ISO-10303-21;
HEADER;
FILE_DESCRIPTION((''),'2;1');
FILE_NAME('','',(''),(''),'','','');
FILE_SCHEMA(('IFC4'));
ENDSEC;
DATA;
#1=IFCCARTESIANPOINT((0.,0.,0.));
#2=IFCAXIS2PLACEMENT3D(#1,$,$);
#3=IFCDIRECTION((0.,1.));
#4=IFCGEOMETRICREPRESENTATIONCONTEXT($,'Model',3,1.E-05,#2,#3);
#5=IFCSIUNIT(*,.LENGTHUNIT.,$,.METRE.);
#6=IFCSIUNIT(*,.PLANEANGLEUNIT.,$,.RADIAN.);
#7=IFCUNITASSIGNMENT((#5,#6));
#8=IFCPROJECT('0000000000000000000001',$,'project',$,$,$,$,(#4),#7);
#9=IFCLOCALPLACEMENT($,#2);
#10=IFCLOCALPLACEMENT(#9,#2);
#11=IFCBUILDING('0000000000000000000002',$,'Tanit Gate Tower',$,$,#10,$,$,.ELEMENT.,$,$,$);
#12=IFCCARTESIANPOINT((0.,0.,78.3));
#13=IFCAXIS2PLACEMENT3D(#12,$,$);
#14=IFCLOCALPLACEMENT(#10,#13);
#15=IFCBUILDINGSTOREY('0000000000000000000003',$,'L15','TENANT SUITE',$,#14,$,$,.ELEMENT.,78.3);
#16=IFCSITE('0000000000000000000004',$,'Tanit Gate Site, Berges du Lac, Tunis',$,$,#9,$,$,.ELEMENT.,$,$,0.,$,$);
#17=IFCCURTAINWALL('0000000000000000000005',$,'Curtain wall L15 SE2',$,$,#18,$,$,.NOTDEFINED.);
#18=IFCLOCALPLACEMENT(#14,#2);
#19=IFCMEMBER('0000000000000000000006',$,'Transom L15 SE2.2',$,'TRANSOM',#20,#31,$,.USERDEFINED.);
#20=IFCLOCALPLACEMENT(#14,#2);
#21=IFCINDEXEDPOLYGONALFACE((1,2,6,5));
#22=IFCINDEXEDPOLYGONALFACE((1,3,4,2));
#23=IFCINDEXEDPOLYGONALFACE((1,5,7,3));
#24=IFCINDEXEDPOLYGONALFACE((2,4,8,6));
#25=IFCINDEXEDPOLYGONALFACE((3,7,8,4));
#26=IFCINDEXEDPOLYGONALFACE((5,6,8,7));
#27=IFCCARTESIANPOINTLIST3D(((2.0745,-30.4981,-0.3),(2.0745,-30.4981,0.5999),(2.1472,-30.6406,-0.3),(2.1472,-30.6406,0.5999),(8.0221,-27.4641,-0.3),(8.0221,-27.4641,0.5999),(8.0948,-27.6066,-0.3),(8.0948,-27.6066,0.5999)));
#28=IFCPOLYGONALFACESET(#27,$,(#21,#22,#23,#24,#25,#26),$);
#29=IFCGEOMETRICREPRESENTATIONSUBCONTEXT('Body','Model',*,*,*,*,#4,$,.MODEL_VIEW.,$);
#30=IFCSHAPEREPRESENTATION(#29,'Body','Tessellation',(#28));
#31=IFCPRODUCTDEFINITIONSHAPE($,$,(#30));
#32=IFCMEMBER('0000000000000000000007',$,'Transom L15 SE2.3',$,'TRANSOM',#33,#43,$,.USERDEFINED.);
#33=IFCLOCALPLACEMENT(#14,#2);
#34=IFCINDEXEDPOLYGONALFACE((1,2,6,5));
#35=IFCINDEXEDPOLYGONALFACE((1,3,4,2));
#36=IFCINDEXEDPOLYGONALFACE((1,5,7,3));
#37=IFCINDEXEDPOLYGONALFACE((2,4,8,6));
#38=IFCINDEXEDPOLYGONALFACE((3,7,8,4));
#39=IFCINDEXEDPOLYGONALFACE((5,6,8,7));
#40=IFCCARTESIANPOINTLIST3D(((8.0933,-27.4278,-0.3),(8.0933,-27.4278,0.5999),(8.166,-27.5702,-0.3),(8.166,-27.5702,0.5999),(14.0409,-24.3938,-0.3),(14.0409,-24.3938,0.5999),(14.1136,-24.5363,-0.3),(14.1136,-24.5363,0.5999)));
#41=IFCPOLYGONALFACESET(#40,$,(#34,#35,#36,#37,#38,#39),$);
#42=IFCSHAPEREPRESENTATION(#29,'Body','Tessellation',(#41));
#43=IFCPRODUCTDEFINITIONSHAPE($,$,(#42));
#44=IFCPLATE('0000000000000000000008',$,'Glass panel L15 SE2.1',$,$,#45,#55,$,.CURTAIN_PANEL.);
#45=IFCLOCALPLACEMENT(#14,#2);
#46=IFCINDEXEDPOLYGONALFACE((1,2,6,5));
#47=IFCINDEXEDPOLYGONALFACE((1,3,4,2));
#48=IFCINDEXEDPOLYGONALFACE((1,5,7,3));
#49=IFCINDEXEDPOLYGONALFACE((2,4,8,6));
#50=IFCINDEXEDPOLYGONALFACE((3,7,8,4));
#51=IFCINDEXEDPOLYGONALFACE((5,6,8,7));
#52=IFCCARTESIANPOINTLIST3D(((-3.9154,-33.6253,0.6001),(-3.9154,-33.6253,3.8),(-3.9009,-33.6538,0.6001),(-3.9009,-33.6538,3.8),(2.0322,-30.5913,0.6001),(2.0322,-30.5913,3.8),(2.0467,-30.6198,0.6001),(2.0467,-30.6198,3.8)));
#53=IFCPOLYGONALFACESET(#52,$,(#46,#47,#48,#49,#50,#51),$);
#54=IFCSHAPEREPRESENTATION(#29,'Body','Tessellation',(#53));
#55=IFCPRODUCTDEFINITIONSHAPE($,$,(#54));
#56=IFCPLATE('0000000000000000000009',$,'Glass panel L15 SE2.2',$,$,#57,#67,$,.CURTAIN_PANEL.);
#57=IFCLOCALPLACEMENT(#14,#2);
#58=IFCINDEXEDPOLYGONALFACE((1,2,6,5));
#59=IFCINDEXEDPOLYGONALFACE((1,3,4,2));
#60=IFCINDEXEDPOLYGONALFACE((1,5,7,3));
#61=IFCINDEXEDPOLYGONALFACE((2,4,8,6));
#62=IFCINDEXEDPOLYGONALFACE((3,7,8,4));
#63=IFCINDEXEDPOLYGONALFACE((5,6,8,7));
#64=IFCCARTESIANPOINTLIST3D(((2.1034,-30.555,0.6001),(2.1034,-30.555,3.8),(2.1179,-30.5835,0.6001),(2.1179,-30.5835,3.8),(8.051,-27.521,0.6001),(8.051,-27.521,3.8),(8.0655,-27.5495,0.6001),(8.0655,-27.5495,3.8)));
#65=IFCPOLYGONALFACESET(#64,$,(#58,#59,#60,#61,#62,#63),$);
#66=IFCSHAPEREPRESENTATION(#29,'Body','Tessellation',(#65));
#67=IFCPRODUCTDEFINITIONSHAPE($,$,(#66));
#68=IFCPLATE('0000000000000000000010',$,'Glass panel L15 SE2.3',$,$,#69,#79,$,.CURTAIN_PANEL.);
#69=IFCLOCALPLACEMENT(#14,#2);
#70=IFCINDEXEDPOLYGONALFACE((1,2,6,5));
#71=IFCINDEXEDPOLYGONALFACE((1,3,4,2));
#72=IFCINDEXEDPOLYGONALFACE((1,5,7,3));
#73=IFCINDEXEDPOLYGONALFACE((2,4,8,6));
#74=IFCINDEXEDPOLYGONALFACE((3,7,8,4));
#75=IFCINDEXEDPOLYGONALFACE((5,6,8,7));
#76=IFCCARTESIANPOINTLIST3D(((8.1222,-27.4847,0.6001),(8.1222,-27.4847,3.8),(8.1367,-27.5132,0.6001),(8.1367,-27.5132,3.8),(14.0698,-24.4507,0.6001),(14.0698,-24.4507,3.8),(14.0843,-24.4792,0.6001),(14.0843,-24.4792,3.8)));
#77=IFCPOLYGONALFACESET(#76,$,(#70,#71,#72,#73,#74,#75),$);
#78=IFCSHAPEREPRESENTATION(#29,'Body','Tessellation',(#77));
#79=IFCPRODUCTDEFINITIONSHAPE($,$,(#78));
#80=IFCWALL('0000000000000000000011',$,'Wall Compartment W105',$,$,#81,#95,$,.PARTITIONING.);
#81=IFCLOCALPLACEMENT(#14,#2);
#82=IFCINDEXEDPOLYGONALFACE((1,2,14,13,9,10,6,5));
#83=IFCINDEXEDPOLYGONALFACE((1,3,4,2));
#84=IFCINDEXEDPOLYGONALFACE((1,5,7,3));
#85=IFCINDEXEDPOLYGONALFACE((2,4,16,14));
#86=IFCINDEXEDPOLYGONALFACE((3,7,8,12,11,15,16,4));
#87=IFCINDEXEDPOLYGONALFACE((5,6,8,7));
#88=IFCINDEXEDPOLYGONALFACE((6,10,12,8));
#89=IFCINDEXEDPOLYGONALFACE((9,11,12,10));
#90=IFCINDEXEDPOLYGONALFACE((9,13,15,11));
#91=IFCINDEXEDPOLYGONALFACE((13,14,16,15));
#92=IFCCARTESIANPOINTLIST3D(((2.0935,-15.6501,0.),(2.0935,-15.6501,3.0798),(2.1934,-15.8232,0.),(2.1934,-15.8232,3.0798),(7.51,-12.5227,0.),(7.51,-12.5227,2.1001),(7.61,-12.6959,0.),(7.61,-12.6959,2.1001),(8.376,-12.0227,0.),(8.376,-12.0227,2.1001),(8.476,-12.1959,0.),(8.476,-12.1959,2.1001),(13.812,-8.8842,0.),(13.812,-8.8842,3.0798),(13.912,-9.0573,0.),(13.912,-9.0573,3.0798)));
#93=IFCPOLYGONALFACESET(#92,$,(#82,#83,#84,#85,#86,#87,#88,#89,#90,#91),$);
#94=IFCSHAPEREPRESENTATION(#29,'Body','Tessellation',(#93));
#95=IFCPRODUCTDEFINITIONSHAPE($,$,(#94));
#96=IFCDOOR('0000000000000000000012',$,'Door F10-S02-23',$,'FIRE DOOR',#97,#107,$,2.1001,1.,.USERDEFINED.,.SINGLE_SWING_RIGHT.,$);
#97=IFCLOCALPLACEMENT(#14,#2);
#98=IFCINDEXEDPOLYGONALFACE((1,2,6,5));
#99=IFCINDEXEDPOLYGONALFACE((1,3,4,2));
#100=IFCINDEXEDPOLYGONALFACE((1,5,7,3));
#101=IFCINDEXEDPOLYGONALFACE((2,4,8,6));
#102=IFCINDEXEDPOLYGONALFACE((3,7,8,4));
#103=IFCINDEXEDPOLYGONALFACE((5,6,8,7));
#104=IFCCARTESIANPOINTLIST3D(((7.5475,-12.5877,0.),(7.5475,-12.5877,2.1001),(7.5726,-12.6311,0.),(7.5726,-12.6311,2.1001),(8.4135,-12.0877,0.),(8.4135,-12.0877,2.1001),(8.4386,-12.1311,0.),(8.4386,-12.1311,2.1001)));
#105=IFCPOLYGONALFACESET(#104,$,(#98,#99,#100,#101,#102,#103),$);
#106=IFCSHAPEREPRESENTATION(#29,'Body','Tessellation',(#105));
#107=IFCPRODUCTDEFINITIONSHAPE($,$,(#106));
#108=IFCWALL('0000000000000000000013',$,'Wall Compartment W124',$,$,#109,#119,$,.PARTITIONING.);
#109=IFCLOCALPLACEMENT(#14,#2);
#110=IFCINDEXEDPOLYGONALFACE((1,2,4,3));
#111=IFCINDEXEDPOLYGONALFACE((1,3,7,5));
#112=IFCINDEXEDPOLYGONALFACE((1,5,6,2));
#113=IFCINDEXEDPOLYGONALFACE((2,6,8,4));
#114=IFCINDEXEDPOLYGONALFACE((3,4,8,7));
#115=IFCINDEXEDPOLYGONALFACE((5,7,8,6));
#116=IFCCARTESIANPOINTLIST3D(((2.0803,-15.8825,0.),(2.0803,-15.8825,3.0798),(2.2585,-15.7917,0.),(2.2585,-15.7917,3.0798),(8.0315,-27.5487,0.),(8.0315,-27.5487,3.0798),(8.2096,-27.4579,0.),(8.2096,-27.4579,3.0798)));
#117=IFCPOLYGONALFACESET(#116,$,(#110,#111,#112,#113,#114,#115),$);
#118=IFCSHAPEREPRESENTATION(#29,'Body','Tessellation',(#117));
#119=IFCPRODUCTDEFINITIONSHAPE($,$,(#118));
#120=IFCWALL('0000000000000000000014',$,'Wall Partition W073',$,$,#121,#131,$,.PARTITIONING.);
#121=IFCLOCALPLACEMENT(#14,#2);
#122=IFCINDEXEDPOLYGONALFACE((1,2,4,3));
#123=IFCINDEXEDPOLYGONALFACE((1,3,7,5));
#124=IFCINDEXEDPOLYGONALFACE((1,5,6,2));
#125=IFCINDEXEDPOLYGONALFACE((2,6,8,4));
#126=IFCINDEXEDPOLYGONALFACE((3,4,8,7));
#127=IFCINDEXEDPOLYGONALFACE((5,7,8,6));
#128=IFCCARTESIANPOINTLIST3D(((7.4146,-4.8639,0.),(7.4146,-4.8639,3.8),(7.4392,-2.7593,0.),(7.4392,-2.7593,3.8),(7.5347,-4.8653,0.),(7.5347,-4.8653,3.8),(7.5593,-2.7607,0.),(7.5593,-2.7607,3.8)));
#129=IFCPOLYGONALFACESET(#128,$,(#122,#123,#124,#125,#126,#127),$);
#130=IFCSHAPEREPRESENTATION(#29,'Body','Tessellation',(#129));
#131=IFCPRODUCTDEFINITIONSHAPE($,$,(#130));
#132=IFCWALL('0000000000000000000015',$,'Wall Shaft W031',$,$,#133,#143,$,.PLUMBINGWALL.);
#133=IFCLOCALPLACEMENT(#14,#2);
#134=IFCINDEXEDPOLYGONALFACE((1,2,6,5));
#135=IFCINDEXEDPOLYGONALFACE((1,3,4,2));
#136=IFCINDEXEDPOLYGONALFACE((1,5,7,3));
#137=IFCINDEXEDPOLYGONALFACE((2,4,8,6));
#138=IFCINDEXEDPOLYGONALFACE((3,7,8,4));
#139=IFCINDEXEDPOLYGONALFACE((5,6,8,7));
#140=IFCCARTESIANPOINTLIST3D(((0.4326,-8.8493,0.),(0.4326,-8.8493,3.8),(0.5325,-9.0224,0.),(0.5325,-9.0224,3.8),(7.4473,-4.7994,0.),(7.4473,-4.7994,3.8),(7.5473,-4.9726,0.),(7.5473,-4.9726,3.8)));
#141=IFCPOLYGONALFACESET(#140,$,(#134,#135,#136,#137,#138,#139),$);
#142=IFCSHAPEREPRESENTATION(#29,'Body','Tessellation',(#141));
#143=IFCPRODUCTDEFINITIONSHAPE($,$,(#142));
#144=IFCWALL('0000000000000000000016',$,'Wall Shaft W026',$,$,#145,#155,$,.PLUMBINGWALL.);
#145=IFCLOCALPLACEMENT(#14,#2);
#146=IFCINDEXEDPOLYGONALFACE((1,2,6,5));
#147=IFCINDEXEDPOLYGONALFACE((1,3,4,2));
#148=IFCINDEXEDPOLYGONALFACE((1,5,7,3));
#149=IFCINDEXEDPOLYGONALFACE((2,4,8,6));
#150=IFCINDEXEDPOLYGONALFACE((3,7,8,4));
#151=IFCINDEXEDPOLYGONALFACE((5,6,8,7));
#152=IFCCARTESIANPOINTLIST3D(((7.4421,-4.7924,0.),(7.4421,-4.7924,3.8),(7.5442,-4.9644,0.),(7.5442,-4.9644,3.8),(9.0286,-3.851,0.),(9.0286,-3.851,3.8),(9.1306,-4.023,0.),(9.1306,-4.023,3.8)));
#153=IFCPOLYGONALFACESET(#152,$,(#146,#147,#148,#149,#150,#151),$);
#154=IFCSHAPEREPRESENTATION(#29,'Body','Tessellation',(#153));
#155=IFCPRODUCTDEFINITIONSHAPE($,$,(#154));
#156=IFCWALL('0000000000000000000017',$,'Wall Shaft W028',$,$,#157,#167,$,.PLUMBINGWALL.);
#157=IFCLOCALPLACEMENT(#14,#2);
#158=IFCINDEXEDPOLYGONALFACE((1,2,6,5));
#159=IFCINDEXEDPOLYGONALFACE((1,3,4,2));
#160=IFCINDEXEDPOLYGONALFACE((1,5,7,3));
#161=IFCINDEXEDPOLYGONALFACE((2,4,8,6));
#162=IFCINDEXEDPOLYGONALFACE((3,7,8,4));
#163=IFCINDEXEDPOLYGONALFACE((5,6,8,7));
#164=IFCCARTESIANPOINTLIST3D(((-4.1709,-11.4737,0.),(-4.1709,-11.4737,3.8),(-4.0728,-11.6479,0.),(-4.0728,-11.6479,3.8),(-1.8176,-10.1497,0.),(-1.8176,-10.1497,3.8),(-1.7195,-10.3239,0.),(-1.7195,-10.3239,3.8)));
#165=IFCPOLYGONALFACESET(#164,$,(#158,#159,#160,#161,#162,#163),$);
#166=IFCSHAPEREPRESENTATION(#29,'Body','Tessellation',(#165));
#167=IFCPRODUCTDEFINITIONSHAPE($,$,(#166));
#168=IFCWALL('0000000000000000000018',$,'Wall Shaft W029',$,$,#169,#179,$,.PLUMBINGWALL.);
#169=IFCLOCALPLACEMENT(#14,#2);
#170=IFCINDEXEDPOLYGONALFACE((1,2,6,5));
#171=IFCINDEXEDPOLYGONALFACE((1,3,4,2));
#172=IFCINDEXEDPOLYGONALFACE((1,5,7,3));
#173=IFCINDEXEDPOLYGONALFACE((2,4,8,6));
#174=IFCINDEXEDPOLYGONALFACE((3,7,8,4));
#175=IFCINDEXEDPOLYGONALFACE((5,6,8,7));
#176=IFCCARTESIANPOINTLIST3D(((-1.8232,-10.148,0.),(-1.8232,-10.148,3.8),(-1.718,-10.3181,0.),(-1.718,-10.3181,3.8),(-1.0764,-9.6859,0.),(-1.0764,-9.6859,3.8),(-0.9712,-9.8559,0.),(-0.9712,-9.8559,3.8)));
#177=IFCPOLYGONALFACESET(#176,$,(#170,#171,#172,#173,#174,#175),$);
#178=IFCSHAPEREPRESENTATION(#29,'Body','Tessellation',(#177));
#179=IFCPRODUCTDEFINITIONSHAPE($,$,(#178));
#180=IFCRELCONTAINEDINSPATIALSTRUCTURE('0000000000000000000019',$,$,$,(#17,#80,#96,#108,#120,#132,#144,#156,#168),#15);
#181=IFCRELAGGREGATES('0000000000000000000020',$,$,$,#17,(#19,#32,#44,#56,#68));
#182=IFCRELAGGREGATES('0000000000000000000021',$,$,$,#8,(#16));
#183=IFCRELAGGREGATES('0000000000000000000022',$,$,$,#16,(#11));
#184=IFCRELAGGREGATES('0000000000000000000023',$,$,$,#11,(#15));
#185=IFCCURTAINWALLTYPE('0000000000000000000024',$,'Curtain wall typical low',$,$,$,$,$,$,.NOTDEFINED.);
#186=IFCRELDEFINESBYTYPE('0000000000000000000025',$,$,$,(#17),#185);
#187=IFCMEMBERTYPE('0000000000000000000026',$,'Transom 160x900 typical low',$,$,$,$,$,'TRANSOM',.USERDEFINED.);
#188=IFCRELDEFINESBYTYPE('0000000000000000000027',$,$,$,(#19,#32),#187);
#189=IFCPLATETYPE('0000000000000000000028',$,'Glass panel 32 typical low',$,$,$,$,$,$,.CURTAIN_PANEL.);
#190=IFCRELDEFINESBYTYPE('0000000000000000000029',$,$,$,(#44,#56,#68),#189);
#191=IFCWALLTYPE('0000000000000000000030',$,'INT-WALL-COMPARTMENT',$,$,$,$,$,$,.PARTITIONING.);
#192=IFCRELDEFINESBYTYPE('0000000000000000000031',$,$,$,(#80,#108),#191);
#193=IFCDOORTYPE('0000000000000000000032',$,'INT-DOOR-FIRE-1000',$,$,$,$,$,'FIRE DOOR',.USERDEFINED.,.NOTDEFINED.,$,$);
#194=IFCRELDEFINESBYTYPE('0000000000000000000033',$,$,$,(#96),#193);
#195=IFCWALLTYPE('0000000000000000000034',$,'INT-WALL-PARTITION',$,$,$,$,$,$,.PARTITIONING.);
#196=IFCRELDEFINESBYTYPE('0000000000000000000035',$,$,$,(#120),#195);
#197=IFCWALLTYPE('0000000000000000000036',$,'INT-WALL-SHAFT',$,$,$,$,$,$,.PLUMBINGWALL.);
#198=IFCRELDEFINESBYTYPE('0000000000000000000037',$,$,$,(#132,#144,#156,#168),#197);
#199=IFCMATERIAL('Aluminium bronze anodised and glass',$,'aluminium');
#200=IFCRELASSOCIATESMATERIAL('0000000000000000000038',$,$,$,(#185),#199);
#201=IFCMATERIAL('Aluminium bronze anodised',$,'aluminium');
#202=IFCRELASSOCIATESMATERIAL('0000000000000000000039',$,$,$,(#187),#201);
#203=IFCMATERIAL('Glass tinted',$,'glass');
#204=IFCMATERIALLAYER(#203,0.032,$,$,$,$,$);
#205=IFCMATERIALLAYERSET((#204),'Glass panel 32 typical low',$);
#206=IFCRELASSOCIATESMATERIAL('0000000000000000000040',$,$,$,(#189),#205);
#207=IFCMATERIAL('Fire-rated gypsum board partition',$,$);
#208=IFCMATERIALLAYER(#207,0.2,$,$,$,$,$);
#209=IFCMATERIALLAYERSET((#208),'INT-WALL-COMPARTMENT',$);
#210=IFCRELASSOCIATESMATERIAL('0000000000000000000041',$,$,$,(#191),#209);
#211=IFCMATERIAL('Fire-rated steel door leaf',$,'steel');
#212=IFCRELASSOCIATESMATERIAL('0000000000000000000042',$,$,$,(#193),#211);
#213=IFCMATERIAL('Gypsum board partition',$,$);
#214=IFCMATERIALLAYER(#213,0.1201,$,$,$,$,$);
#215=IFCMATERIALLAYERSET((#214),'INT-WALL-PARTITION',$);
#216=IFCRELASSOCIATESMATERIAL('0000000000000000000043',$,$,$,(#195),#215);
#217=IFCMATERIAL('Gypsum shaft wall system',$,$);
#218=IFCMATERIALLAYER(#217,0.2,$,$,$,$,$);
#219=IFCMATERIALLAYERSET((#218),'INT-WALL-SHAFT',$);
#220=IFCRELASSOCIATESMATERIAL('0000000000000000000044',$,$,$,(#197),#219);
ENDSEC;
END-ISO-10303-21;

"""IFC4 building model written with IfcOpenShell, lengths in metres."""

from ifc_helpers import new_model, si_unit, direction, frame, frame_2d, origin, origin_2d, place, context, subcontext, project, spatial, rectangle, extrude, material, layer, layer_set, material_profile, profile_set, type_object, element, fill, aggregate, save


model = new_model("IFC4")

# Units and contexts
model_context = context("Model", 3, precision=1e-05, world=origin(), true_north=direction((0.0, 1.0)))
body_context = subcontext(model_context, "Body", "Model", "MODEL_VIEW")
ifc_project = project(units=[si_unit("LENGTHUNIT", "METRE"), si_unit("PLANEANGLEUNIT", "RADIAN")], contexts=[model_context])

# Site, building, storey
site_placement = place(None, origin())
site = spatial("IfcSite", under=ifc_project, at=site_placement, Name="Tanit Gate Site, Berges du Lac, Tunis", CompositionType="ELEMENT", RefElevation=0.0)
building_placement = place(site_placement, origin())
building = spatial("IfcBuilding", under=site, at=building_placement, Name="Tanit Gate Tower", CompositionType="ELEMENT")
storey_placement = place(building_placement, frame((0.0, 0.0, 78.3)))
storey = spatial("IfcBuildingStorey", under=building, at=storey_placement, Name="L15", Description="TENANT SUITE", CompositionType="ELEMENT", Elevation=78.3)

# Curtain wall
ifc_material_1 = material(Name="Aluminium bronze anodised and glass", Category="aluminium")
curtain_wall_type = type_object("IfcCurtainWallType", Name="Curtain wall typical low", PredefinedType="NOTDEFINED", material=ifc_material_1)
curtain_wall_placement = place(storey_placement, origin())
curtain_wall = element("IfcCurtainWall", 1, at=curtain_wall_placement, inside=storey, type_object=curtain_wall_type, Name="Curtain wall L15 SE2", PredefinedType="NOTDEFINED")

# Members
ifc_material_2 = material(Name="Aluminium bronze anodised", Category="aluminium")
ifc_material_profile_1 = material_profile(ifc_material_2, rectangle(XDim=0.1599, YDim=0.8999, at=origin_2d()), Name="160x900 bronze transom")
ifc_profile_set_1 = profile_set([ifc_material_profile_1], Name="Aluminium bronze anodised")
member_type_1 = type_object("IfcMemberType", Name="Transom 160x900 typical low", ElementType="TRANSOM", PredefinedType="USERDEFINED", material=ifc_profile_set_1)
member_1_placement = place(storey_placement, frame((2.1108, -30.5693, 0.1499), z_axis=(0.890793, 0.45441, 0.0), x_axis=(-0.45441, 0.890793, 0.0)))
member_1 = element("IfcMember", 2, at=member_1_placement, type_object=member_type_1, Name="Transom L15 SE2.2", ObjectType="TRANSOM", PredefinedType="USERDEFINED", context=body_context, shape_type="SweptSolid", body=[
    extrude(rectangle(XDim=0.1599, YDim=0.8999, at=origin_2d()), origin(), (0.0, 0.0, 1.0), 6.6768),
])
member_2_placement = place(storey_placement, frame((8.1296, -27.499, 0.1499), z_axis=(0.890793, 0.45441, 0.0), x_axis=(-0.45441, 0.890793, 0.0)))
member_2 = element("IfcMember", 3, at=member_2_placement, type_object=member_type_1, Name="Transom L15 SE2.3", ObjectType="TRANSOM", PredefinedType="USERDEFINED", context=body_context, shape_type="SweptSolid", body=[
    extrude(rectangle(XDim=0.1599, YDim=0.8999, at=origin_2d()), origin(), (0.0, 0.0, 1.0), 6.6768),
])

# Plates
ifc_material_3 = material(Name="Glass tinted", Category="glass")
ifc_layer_1 = layer(ifc_material_3, 0.032)
ifc_layer_set_1 = layer_set([ifc_layer_1], Name="Glass panel 32 typical low")
plate_type = type_object("IfcPlateType", Name="Glass panel 32 typical low", PredefinedType="CURTAIN_PANEL", material=ifc_layer_set_1)
plate_1_placement = place(storey_placement, frame((-0.9343, -32.1226, 0.6001), z_axis=(0.0, 0.0, 1.0), x_axis=(0.890792, 0.454411, 0.0)))
plate_1 = element("IfcPlate", 4, at=plate_1_placement, type_object=plate_type, Name="Glass panel L15 SE2.1", PredefinedType="CURTAIN_PANEL", context=body_context, shape_type="SweptSolid", body=[
    extrude(rectangle(XDim=6.6768, YDim=0.032, at=origin_2d()), origin(), (0.0, 0.0, 1.0), 3.2),
])
plate_2_placement = place(storey_placement, frame((5.0845, -29.0522, 0.6001), z_axis=(0.0, 0.0, 1.0), x_axis=(0.890792, 0.454411, 0.0)))
plate_2 = element("IfcPlate", 5, at=plate_2_placement, type_object=plate_type, Name="Glass panel L15 SE2.2", PredefinedType="CURTAIN_PANEL", context=body_context, shape_type="SweptSolid", body=[
    extrude(rectangle(XDim=6.6768, YDim=0.032, at=origin_2d()), origin(), (0.0, 0.0, 1.0), 3.2),
])
plate_3_placement = place(storey_placement, frame((11.1033, -25.9819, 0.6001), z_axis=(0.0, 0.0, 1.0), x_axis=(0.890792, 0.454411, 0.0)))
plate_3 = element("IfcPlate", 6, at=plate_3_placement, type_object=plate_type, Name="Glass panel L15 SE2.3", PredefinedType="CURTAIN_PANEL", context=body_context, shape_type="SweptSolid", body=[
    extrude(rectangle(XDim=6.6768, YDim=0.032, at=origin_2d()), origin(), (0.0, 0.0, 1.0), 3.2),
])
aggregate(curtain_wall, [member_1, member_2, plate_1, plate_2, plate_3])

# Wall, opening, door
ifc_material_4 = material(Name="Fire-rated gypsum board partition")
ifc_layer_2 = layer(ifc_material_4, 0.2)
ifc_layer_set_2 = layer_set([ifc_layer_2], Name="INT-WALL-COMPARTMENT")
wall_type_1 = type_object("IfcWallType", Name="INT-WALL-COMPARTMENT", PredefinedType="PARTITIONING", material=ifc_layer_set_2)
wall_1_placement = place(storey_placement, frame((2.1436, -15.7366, 0.0), z_axis=(0.0, 0.0, 1.0), x_axis=(0.866019, 0.50001, 0.0)))
wall_1 = element("IfcWall", 7, at=wall_1_placement, inside=storey, type_object=wall_type_1, Name="Wall Compartment W105", PredefinedType="PARTITIONING", context=body_context, shape_type="SweptSolid", body=[
    extrude(rectangle(XDim=13.5315, YDim=0.2, at=frame_2d((6.7656, 0.0))), origin(), (0.0, 0.0, 1.0), 3.0798),
])
opening_placement = place(wall_1_placement, frame((6.2544, 0.0, 0.0)))
opening = element("IfcOpeningElement", 8, at=opening_placement, cuts=wall_1, PredefinedType="OPENING", context=body_context, shape_type="SweptSolid", body=[
    extrude(rectangle(XDim=1.0, YDim=2.1001, at=frame_2d((0.5, 1.05))), frame((0.0, 0.1099, 0.0), z_axis=(0.0, -1.0, 0.0), x_axis=(1.0, 0.0, 0.0)), (0.0, 0.0, 1.0), 0.22),
])
ifc_material_5 = material(Name="Fire-rated steel door leaf", Category="steel")
door_type = type_object("IfcDoorType", Name="INT-DOOR-FIRE-1000", ElementType="FIRE DOOR", OperationType="NOTDEFINED", PredefinedType="USERDEFINED", material=ifc_material_5)
door_placement = place(opening_placement, origin())
door = element("IfcDoor", 9, at=door_placement, inside=storey, type_object=door_type, Name="Door F10-S02-23", ObjectType="FIRE DOOR", OperationType="SINGLE_SWING_RIGHT", OverallHeight=2.1001, OverallWidth=1.0, PredefinedType="USERDEFINED", context=body_context, shape_type="SweptSolid", body=[
    extrude(rectangle(XDim=1.0, YDim=2.1001, at=frame_2d((0.5, 1.05))), frame((0.0, 0.0249, 0.0), z_axis=(0.0, -1.0, 0.0), x_axis=(1.0, 0.0, 0.0)), (0.0, 0.0, 1.0), 0.05),
])
fill(opening, door)

# Walls
wall_2_placement = place(storey_placement, frame((8.1206, -27.5034, 0.0), z_axis=(0.0, 0.0, 1.0), x_axis=(-0.45441, 0.890793, 0.0)))
element("IfcWall", 10, at=wall_2_placement, inside=storey, type_object=wall_type_1, Name="Wall Compartment W124", PredefinedType="PARTITIONING", context=body_context, shape_type="SweptSolid", body=[
    extrude(rectangle(XDim=13.0964, YDim=0.2, at=frame_2d((6.5483, 0.0))), origin(), (0.0, 0.0, 1.0), 3.0798),
])
ifc_material_6 = material(Name="Gypsum board partition")
ifc_layer_3 = layer(ifc_material_6, 0.1201)
ifc_layer_set_3 = layer_set([ifc_layer_3], Name="INT-WALL-PARTITION")
wall_type_2 = type_object("IfcWallType", Name="INT-WALL-PARTITION", PredefinedType="PARTITIONING", material=ifc_layer_set_3)
wall_3_placement = place(storey_placement, frame((7.4746, -4.8645, 0.0), z_axis=(0.0, 0.0, 1.0), x_axis=(0.011716, 0.999931, 0.0)))
element("IfcWall", 11, at=wall_3_placement, inside=storey, type_object=wall_type_2, Name="Wall Partition W073", PredefinedType="PARTITIONING", context=body_context, shape_type="SweptSolid", body=[
    extrude(rectangle(XDim=2.1047, YDim=0.1201, at=frame_2d((1.0522, 0.0))), origin(), (0.0, 0.0, 1.0), 3.8),
])
ifc_material_7 = material(Name="Gypsum shaft wall system")
ifc_layer_4 = layer(ifc_material_7, 0.2)
ifc_layer_set_4 = layer_set([ifc_layer_4], Name="INT-WALL-SHAFT")
wall_type_3 = type_object("IfcWallType", Name="INT-WALL-SHAFT", PredefinedType="PLUMBINGWALL", material=ifc_layer_set_4)
wall_4_placement = place(storey_placement, frame((0.4827, -8.9358, 0.0), z_axis=(0.0, 0.0, 1.0), x_axis=(0.866031, 0.49999, 0.0)))
element("IfcWall", 12, at=wall_4_placement, inside=storey, type_object=wall_type_3, Name="Wall Shaft W031", PredefinedType="PLUMBINGWALL", context=body_context, shape_type="SweptSolid", body=[
    extrude(rectangle(XDim=8.0999, YDim=0.2, at=frame_2d((4.0498, 0.0))), origin(), (0.0, 0.0, 1.0), 3.8),
])
wall_5_placement = place(storey_placement, frame((7.4932, -4.8784, 0.0), z_axis=(0.0, 0.0, 1.0), x_axis=(0.859982, 0.510325, 0.0)))
element("IfcWall", 13, at=wall_5_placement, inside=storey, type_object=wall_type_3, Name="Wall Shaft W026", PredefinedType="PLUMBINGWALL", context=body_context, shape_type="SweptSolid", body=[
    extrude(rectangle(XDim=1.8447, YDim=0.2, at=frame_2d((0.9224, 0.0))), origin(), (0.0, 0.0, 1.0), 3.8),
])
wall_6_placement = place(storey_placement, frame((-1.7686, -10.2368, 0.0), z_axis=(0.0, 0.0, 1.0), x_axis=(-0.871534, -0.490334, 0.0)))
element("IfcWall", 14, at=wall_6_placement, inside=storey, type_object=wall_type_3, Name="Wall Shaft W028", PredefinedType="PLUMBINGWALL", context=body_context, shape_type="SweptSolid", body=[
    extrude(rectangle(XDim=2.7002, YDim=0.2, at=frame_2d((1.3501, 0.0))), origin(), (0.0, 0.0, 1.0), 3.8),
])
wall_7_placement = place(storey_placement, frame((-1.0239, -9.771, 0.0), z_axis=(0.0, 0.0, 1.0), x_axis=(-0.850348, -0.526221, 0.0)))
element("IfcWall", 15, at=wall_7_placement, inside=storey, type_object=wall_type_3, Name="Wall Shaft W029", PredefinedType="PLUMBINGWALL", context=body_context, shape_type="SweptSolid", body=[
    extrude(rectangle(XDim=0.8782, YDim=0.2, at=frame_2d((0.439, 0.0))), origin(), (0.0, 0.0, 1.0), 3.8),
])

save(model, "model.ifc")
